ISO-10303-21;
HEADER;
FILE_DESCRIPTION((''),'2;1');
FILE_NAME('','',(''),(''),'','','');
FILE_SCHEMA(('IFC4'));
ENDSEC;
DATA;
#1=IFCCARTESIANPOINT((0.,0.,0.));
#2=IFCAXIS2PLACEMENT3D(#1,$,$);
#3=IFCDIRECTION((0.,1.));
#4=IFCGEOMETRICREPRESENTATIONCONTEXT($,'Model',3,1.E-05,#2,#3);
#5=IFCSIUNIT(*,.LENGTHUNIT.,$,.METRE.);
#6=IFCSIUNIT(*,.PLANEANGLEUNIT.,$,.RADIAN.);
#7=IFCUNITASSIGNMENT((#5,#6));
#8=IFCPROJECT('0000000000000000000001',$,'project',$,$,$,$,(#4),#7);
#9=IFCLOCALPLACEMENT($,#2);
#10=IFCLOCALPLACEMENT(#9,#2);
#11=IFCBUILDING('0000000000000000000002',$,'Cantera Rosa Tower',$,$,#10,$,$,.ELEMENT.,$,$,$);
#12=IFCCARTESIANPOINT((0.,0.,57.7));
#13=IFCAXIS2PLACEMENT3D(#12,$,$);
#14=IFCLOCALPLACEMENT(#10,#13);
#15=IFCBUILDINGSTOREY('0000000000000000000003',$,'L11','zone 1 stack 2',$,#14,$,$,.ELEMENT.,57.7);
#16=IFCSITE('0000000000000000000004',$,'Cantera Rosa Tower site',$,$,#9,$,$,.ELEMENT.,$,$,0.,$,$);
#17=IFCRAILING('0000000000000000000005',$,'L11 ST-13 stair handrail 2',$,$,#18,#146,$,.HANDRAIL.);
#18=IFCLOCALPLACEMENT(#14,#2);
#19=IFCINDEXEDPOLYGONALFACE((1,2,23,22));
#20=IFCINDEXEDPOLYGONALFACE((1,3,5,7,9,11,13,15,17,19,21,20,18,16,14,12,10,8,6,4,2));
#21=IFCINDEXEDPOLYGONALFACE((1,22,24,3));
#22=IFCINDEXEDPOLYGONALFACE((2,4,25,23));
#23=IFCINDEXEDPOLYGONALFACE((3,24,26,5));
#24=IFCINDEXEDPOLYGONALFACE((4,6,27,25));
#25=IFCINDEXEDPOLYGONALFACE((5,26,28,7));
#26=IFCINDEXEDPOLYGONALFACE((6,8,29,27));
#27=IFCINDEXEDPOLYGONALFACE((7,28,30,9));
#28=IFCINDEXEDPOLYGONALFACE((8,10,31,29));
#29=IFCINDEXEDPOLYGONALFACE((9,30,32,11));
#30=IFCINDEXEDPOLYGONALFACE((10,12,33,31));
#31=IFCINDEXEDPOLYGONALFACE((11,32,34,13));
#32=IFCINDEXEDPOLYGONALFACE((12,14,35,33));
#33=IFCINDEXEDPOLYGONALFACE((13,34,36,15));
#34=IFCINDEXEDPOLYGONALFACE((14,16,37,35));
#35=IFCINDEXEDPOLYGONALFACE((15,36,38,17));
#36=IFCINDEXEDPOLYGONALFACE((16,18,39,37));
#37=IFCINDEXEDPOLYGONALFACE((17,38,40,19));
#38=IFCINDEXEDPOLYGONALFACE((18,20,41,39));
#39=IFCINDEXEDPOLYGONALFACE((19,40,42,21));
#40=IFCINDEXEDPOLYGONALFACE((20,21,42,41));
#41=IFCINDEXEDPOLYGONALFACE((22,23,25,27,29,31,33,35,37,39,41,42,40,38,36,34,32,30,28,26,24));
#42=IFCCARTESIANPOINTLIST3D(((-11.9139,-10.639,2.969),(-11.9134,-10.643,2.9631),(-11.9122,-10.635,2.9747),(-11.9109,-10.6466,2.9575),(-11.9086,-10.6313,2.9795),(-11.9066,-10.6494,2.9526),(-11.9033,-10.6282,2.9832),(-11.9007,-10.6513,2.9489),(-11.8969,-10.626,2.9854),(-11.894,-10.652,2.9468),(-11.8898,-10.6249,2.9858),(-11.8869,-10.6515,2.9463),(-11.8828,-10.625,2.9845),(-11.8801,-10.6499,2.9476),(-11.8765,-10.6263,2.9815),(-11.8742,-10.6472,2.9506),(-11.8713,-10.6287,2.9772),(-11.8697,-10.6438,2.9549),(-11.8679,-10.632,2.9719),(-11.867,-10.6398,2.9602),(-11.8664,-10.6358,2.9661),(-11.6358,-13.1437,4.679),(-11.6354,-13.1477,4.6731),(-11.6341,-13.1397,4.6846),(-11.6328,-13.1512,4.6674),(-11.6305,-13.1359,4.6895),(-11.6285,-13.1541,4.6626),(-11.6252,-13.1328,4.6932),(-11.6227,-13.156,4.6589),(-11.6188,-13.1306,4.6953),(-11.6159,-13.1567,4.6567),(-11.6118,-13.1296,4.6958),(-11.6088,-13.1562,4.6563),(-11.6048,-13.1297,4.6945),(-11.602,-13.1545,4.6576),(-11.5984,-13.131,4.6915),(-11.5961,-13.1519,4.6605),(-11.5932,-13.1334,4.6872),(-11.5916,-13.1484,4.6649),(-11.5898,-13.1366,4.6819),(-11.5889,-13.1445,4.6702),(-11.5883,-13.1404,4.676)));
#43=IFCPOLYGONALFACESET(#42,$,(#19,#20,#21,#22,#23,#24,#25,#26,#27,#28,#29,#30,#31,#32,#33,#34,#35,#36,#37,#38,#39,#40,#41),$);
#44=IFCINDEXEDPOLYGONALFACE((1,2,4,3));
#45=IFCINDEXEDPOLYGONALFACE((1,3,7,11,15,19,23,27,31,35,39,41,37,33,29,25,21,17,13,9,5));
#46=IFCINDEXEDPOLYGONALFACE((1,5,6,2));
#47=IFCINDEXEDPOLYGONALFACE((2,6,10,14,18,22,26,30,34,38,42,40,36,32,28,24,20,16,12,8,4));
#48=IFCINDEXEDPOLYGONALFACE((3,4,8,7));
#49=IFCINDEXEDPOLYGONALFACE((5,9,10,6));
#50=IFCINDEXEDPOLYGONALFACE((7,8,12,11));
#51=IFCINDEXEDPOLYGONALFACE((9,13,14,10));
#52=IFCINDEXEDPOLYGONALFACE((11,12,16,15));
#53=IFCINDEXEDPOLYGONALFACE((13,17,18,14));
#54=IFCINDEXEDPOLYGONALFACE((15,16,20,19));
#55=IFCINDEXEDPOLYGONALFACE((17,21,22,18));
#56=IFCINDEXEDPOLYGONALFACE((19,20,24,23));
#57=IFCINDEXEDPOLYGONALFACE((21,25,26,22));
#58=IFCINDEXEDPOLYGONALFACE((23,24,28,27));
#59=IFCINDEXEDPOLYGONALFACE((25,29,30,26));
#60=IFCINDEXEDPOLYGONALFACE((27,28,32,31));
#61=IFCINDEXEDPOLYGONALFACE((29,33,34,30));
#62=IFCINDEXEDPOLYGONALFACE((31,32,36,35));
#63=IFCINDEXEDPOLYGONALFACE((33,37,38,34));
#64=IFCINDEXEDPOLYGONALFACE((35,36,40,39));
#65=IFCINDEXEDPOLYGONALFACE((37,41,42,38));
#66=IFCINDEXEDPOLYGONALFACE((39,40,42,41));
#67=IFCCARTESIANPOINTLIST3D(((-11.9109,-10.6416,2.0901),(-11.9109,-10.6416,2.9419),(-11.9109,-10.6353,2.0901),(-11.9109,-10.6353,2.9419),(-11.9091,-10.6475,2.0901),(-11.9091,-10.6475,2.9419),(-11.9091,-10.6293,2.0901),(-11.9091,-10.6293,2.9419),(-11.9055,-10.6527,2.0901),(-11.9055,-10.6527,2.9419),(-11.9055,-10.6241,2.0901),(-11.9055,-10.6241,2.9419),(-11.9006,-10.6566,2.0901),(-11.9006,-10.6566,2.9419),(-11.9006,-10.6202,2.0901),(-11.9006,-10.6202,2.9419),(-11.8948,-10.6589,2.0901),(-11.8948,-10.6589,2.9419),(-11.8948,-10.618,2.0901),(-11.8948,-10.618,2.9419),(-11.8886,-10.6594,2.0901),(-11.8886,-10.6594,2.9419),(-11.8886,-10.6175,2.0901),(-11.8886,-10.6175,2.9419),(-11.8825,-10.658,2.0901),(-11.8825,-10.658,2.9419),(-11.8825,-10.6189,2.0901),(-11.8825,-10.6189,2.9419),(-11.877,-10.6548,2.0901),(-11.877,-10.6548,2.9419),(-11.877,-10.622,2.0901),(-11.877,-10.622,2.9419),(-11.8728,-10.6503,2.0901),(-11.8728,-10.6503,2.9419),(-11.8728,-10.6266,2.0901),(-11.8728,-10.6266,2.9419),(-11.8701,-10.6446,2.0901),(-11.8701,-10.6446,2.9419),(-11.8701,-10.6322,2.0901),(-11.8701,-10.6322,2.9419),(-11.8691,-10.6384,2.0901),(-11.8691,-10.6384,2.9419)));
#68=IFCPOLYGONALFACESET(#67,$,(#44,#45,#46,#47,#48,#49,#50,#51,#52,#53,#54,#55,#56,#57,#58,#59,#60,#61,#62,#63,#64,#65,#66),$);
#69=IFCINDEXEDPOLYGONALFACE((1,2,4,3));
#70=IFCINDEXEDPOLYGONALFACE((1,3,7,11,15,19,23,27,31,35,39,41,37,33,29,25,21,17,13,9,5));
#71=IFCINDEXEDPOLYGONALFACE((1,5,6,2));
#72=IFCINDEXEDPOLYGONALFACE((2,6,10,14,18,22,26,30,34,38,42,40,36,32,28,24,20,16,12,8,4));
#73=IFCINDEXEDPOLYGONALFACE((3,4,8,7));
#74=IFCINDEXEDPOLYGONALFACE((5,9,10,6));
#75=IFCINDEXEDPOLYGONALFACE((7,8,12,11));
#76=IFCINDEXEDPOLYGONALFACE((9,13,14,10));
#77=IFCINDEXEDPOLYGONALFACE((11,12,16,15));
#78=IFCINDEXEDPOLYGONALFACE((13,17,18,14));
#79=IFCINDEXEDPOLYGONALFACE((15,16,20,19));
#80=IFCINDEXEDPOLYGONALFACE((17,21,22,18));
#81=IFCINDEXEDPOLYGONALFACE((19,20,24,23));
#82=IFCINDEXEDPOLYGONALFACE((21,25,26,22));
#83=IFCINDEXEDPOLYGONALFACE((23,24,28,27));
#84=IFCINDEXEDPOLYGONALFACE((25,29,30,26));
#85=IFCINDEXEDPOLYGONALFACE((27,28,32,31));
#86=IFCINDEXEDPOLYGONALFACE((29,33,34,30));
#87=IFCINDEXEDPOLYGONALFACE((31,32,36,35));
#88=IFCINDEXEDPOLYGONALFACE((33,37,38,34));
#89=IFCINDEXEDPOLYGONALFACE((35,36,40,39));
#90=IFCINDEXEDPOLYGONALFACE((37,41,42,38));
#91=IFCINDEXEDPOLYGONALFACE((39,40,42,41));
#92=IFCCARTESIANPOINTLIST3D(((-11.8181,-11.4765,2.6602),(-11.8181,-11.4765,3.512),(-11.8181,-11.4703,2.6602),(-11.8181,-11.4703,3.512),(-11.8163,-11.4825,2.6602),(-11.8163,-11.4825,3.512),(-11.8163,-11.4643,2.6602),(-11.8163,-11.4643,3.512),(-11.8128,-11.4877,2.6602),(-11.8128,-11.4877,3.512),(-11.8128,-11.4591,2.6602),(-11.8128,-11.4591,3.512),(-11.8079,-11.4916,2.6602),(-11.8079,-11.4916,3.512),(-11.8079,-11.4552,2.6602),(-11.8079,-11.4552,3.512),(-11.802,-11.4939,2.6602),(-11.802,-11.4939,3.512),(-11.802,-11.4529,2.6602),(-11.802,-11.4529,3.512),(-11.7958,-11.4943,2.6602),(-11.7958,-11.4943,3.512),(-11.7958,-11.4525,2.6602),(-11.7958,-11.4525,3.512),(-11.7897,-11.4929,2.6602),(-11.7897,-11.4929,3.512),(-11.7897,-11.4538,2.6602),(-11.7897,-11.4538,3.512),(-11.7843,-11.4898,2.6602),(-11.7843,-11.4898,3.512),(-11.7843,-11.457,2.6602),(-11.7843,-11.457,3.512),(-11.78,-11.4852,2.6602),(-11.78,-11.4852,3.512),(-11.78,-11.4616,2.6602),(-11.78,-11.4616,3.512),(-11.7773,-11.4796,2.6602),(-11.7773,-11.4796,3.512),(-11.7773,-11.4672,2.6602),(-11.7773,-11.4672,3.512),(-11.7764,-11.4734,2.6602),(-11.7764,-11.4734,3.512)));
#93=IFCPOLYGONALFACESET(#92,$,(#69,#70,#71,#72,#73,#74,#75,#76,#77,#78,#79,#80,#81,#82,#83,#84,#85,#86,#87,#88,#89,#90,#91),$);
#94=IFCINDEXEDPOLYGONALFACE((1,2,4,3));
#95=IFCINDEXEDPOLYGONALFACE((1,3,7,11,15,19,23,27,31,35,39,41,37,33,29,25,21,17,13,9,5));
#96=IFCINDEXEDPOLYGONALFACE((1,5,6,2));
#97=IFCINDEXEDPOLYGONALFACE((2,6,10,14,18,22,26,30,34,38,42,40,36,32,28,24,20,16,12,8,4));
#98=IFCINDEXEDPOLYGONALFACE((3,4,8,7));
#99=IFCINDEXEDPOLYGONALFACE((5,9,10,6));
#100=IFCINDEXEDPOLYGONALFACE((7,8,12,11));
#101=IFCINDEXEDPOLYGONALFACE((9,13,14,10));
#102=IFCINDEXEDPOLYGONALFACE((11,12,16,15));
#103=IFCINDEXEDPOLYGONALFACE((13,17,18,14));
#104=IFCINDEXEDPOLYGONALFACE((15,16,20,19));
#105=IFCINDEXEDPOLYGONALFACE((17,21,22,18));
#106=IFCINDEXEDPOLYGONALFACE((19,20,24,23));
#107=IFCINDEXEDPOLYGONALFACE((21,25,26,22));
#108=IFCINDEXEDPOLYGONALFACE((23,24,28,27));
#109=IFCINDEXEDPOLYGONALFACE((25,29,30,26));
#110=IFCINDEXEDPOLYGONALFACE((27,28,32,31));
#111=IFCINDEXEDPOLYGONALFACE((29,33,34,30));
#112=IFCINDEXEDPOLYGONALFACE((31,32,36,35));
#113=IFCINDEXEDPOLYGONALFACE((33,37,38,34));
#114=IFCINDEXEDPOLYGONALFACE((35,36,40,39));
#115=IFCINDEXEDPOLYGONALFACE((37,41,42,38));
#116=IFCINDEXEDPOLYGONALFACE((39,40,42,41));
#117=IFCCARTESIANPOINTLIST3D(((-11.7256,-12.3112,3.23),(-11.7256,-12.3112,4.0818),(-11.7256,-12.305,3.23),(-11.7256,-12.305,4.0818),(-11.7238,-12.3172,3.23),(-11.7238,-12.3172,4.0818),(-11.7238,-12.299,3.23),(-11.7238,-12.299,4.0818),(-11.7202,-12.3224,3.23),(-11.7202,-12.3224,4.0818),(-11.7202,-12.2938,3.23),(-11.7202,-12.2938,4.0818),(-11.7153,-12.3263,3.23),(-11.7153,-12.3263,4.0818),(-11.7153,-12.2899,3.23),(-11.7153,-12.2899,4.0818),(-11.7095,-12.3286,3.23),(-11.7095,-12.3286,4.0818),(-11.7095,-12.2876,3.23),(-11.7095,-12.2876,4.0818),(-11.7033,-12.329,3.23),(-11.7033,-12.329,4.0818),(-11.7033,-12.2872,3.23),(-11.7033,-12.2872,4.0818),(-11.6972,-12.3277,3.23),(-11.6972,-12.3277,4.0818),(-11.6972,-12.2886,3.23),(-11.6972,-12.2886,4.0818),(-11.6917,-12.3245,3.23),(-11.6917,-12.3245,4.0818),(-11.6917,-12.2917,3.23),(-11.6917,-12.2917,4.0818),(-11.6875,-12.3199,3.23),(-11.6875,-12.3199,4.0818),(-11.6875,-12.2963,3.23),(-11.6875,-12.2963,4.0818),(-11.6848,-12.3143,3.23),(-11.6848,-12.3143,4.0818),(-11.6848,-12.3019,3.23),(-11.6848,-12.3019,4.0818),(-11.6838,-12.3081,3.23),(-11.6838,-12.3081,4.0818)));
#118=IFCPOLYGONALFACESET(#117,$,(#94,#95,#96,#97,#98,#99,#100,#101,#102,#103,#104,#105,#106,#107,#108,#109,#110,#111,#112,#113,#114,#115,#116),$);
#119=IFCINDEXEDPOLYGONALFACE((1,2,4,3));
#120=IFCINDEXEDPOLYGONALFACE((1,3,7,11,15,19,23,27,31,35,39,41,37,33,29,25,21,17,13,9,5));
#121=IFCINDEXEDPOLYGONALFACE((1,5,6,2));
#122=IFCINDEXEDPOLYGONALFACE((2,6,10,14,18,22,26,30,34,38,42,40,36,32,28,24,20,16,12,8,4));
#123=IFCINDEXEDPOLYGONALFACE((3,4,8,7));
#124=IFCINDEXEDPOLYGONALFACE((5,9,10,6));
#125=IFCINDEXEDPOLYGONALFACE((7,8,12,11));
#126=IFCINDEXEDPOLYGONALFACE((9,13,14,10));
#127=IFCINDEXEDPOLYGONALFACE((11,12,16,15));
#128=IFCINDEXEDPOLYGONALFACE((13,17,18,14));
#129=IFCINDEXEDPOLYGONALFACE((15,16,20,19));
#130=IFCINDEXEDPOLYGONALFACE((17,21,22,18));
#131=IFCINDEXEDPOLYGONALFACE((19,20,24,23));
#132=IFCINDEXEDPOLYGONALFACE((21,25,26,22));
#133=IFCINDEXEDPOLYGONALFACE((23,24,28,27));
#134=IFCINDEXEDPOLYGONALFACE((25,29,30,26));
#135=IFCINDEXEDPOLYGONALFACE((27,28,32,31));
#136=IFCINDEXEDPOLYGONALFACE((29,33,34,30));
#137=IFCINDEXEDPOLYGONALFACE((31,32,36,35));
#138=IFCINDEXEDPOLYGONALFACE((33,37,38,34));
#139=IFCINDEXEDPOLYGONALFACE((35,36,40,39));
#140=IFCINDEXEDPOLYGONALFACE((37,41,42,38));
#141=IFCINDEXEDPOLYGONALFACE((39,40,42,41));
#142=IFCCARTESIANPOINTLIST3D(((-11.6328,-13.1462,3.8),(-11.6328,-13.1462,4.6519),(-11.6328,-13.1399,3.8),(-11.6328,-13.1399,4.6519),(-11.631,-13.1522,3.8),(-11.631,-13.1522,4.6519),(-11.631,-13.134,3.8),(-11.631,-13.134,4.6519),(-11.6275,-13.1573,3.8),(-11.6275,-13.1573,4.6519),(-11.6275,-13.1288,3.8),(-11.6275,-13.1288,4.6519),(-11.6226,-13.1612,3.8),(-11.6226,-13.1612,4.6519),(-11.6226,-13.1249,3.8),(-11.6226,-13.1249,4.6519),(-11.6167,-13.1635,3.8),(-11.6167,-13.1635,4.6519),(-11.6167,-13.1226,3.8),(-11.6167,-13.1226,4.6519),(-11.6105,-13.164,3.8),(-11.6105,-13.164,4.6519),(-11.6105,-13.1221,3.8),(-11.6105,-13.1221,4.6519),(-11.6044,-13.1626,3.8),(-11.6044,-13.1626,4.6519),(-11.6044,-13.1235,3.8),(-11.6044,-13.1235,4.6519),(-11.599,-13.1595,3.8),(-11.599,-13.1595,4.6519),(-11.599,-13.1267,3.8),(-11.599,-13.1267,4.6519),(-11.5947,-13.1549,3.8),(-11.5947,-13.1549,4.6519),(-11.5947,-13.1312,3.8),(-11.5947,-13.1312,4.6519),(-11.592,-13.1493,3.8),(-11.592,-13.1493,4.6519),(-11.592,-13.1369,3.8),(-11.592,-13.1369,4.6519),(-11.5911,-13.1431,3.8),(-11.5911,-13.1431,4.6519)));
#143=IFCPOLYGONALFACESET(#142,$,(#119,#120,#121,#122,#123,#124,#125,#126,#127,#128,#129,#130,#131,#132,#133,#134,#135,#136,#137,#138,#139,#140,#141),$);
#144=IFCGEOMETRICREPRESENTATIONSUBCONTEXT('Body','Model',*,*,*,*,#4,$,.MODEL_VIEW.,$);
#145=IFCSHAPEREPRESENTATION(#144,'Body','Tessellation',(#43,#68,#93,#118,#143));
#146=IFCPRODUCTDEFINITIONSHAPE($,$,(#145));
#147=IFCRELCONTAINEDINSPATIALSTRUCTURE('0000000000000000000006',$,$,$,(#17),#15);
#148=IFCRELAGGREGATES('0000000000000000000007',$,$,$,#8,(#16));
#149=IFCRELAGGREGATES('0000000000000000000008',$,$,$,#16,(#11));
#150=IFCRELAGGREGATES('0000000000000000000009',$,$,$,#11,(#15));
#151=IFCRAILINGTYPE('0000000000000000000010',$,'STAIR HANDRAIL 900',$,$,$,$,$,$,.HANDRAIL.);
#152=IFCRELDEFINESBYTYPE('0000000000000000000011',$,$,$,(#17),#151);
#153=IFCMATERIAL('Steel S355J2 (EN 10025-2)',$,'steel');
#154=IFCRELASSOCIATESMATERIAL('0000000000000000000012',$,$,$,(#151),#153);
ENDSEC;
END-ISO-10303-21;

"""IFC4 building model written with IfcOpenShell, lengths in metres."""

from ifc_helpers import new_model, si_unit, direction, frame, origin, origin_2d, place, context, subcontext, project, spatial, circle, extrude, material, type_object, element, save


model = new_model("IFC4")

# Units and contexts
model_context = context("Model", 3, precision=1e-05, world=origin(), true_north=direction((0.0, 1.0)))
body_context = subcontext(model_context, "Body", "Model", "MODEL_VIEW")
ifc_project = project(units=[si_unit("LENGTHUNIT", "METRE"), si_unit("PLANEANGLEUNIT", "RADIAN")], contexts=[model_context])

# Site, building, storey
site_placement = place(None, origin())
site = spatial("IfcSite", under=ifc_project, at=site_placement, Name="Cantera Rosa Tower site", CompositionType="ELEMENT", RefElevation=0.0)
building_placement = place(site_placement, origin())
building = spatial("IfcBuilding", under=site, at=building_placement, Name="Cantera Rosa Tower", CompositionType="ELEMENT")
storey_placement = place(building_placement, frame((0.0, 0.0, 57.7)))
storey = spatial("IfcBuildingStorey", under=building, at=storey_placement, Name="L11", Description="zone 1 stack 2", CompositionType="ELEMENT", Elevation=57.7)

# Railing
ifc_material_1 = material(Name="Steel S355J2 (EN 10025-2)", Category="steel")
railing_type_1 = type_object("IfcRailingType", Name="STAIR HANDRAIL 900", PredefinedType="HANDRAIL", material=ifc_material_1)
railing_1_placement = place(storey_placement, frame((-11.8901, -10.6384, 2.0901)))
element("IfcRailing", 1, at=railing_1_placement, inside=storey, type_object=railing_type_1, Name="L11 ST-13 stair handrail 2", PredefinedType="HANDRAIL", context=body_context, shape_type="SweptSolid", body=[
    extrude(circle(Radius=0.0239, at=origin_2d()), frame((0.0, 0.0, 0.876), z_axis=(0.09131, -0.822431, 0.561488), x_axis=(0.993893, 0.110346, 0.0)), (0.0, 0.0, 1.0), 3.0454),
    extrude(circle(Radius=0.021, at=origin_2d()), origin(), (0.0, 0.0, 1.0), 0.8518),
    extrude(circle(Radius=0.021, at=origin_2d()), frame((0.0928, -0.835, 0.5701)), (0.0, 0.0, 1.0), 0.8518),
    extrude(circle(Radius=0.021, at=origin_2d()), frame((0.1853, -1.6697, 1.1399)), (0.0, 0.0, 1.0), 0.8518),
    extrude(circle(Radius=0.021, at=origin_2d()), frame((0.2781, -2.5046, 1.71)), (0.0, 0.0, 1.0), 0.8518),
])

save(model, "model.ifc")
